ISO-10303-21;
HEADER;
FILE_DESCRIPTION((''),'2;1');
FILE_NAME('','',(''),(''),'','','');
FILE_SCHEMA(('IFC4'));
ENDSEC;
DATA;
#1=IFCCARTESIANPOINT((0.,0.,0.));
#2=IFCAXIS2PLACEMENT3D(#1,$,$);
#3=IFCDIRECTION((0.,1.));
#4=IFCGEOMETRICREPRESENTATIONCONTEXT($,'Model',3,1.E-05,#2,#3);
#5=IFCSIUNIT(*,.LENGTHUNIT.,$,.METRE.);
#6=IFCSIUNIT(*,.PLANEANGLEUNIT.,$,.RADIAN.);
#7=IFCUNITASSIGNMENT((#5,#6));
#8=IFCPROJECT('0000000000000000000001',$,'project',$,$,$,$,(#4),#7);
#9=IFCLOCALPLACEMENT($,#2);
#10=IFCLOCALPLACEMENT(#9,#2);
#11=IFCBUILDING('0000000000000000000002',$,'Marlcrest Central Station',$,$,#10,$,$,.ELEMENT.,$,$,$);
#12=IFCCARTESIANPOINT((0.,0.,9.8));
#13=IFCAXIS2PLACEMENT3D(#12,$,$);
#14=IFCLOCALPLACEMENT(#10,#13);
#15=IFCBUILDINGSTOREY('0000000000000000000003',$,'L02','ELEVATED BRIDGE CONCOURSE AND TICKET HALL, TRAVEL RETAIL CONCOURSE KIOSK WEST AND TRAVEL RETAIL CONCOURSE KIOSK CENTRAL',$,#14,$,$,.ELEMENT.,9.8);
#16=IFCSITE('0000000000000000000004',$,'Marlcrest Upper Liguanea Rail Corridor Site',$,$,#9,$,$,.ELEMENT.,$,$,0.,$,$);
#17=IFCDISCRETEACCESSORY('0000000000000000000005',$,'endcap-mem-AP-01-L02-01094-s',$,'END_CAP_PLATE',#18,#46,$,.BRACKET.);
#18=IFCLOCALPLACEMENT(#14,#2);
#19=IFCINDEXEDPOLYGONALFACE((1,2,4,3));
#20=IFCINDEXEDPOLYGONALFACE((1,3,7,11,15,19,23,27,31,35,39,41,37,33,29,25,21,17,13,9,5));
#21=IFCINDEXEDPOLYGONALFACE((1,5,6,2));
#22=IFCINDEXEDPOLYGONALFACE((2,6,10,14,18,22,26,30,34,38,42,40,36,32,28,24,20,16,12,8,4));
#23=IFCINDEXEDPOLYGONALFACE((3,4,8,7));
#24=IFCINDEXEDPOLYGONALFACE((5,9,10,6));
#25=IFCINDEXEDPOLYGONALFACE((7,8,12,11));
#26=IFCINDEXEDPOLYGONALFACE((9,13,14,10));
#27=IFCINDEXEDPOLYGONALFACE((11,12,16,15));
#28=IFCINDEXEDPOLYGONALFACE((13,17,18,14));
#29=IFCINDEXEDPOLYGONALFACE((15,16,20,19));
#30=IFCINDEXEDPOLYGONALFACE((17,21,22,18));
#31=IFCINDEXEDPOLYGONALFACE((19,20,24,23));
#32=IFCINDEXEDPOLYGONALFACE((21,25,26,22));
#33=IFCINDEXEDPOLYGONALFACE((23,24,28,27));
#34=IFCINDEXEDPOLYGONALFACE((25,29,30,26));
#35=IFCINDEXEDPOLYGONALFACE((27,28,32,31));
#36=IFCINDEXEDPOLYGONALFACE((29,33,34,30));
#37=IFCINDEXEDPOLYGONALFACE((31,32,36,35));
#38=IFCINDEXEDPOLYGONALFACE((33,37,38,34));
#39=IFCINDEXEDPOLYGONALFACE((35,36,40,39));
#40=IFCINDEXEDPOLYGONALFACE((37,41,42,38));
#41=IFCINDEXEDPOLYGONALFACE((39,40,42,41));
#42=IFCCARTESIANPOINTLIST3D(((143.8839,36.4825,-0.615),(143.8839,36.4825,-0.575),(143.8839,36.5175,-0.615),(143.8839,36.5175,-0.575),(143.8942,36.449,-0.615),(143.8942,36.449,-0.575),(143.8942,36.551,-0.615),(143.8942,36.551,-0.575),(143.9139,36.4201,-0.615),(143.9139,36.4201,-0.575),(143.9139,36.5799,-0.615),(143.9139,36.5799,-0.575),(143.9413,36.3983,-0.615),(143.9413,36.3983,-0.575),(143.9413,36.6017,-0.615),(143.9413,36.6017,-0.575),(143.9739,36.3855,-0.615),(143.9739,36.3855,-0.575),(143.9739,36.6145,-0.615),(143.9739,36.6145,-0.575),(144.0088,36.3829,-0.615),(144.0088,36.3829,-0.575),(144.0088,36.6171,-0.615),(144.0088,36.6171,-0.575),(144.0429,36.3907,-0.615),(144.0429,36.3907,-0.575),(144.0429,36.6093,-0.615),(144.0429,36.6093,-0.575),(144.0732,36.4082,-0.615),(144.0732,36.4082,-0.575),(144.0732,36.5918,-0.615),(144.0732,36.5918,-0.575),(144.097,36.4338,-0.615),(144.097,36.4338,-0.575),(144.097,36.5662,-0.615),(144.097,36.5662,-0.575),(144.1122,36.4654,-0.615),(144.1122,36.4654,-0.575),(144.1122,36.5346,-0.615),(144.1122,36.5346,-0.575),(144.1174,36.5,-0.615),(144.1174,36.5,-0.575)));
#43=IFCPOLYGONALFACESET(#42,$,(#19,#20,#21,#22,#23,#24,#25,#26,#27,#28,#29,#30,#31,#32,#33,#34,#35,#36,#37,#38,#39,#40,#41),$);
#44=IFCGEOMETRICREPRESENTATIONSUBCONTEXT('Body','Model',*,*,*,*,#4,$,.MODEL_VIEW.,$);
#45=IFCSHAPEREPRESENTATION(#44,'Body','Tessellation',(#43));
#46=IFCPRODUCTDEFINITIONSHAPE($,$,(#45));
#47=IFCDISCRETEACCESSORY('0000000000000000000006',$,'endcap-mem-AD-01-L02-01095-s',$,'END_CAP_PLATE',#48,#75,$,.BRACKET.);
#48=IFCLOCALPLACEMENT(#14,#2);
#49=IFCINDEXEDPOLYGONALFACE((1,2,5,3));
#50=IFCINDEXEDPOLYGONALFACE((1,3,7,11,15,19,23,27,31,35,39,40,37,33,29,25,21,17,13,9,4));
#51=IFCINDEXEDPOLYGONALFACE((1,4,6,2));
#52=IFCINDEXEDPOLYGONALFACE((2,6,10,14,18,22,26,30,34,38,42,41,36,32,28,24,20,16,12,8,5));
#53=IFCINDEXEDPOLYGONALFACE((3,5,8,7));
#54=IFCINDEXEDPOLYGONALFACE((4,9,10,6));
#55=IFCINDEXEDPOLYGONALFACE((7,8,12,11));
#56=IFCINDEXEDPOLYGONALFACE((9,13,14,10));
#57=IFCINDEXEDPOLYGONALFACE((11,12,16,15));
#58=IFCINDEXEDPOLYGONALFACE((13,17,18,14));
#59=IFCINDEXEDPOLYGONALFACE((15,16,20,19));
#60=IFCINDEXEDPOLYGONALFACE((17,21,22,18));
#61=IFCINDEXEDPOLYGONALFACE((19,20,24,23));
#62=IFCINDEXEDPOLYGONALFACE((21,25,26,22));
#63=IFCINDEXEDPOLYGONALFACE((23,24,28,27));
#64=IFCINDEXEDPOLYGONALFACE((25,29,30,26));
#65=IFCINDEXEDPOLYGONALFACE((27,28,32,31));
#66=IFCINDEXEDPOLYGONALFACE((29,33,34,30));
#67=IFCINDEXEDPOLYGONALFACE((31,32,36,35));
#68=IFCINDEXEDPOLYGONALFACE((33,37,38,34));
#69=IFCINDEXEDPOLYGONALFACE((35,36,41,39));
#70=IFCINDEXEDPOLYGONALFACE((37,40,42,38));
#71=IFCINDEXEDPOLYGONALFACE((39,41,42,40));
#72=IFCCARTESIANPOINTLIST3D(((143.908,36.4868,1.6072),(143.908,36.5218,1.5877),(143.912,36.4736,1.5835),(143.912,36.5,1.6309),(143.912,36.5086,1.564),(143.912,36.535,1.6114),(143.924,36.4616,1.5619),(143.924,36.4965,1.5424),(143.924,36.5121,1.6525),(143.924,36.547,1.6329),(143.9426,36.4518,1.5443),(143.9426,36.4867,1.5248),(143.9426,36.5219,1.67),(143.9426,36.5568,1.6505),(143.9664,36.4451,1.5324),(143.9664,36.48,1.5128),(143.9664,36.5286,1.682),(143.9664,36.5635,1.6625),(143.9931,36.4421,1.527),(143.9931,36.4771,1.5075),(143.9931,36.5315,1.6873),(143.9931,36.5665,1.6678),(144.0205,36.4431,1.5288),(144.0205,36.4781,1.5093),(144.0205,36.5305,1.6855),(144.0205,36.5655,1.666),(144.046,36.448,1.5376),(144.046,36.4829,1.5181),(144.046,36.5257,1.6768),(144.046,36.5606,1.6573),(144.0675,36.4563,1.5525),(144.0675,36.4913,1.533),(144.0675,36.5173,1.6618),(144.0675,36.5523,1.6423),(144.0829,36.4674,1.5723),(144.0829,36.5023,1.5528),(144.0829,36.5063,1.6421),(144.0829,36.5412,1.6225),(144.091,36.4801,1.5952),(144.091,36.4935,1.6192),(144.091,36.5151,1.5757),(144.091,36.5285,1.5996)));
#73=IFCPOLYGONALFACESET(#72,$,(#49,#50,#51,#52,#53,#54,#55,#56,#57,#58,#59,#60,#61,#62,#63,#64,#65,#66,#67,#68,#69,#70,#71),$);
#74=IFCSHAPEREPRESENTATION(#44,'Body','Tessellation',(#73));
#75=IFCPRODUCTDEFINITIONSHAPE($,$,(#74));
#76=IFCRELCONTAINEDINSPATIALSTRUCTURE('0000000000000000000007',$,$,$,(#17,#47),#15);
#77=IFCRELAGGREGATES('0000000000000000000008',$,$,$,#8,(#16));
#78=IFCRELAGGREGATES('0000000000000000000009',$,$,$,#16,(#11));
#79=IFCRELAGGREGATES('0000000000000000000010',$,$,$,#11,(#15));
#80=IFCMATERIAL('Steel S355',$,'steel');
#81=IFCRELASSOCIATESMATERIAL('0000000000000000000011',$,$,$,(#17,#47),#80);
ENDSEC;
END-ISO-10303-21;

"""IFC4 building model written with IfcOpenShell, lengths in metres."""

from ifc_helpers import new_model, si_unit, direction, frame, origin, origin_2d, place, context, subcontext, project, spatial, circle, extrude, material, element, save


model = new_model("IFC4")

# Units and contexts
model_context = context("Model", 3, precision=1e-05, world=origin(), true_north=direction((0.0, 1.0)))
body_context = subcontext(model_context, "Body", "Model", "MODEL_VIEW")
ifc_project = project(units=[si_unit("LENGTHUNIT", "METRE"), si_unit("PLANEANGLEUNIT", "RADIAN")], contexts=[model_context])

# Site, building, storey
site_placement = place(None, origin())
site = spatial("IfcSite", under=ifc_project, at=site_placement, Name="Marlcrest Upper Liguanea Rail Corridor Site", CompositionType="ELEMENT", RefElevation=0.0)
building_placement = place(site_placement, origin())
building = spatial("IfcBuilding", under=site, at=building_placement, Name="Marlcrest Central Station", CompositionType="ELEMENT")
storey_placement = place(building_placement, frame((0.0, 0.0, 9.8)))
storey = spatial("IfcBuildingStorey", under=building, at=storey_placement, Name="L02", Description="ELEVATED BRIDGE CONCOURSE AND TICKET HALL, TRAVEL RETAIL CONCOURSE KIOSK WEST AND TRAVEL RETAIL CONCOURSE KIOSK CENTRAL", CompositionType="ELEMENT", Elevation=9.8)

# Shared definitions
ifc_material_1 = material(Name="Steel S355", Category="steel")

# Discrete accessories
discrete_accessory_1_placement = place(storey_placement, frame((144.0, 36.5, -0.615), z_axis=(0.0, 0.0, 1.0), x_axis=(1.0, 0.0, 0.0)))
element("IfcDiscreteAccessory", 1, at=discrete_accessory_1_placement, inside=storey, material=ifc_material_1, Name="endcap-mem-AP-01-L02-01094-s", ObjectType="END_CAP_PLATE", PredefinedType="BRACKET", context=body_context, shape_type="SweptSolid", body=[
    extrude(circle(Radius=0.1174, at=origin_2d()), origin(), (0.0, 0.0, 1.0), 0.04),
])
discrete_accessory_2_placement = place(storey_placement, frame((144.0, 36.4868, 1.6072), z_axis=(0.0, 0.873246, -0.48728), x_axis=(-1.0, 0.0, 0.0)))
element("IfcDiscreteAccessory", 2, at=discrete_accessory_2_placement, inside=storey, material=ifc_material_1, Name="endcap-mem-AD-01-L02-01095-s", ObjectType="END_CAP_PLATE", PredefinedType="BRACKET", context=body_context, shape_type="SweptSolid", body=[
    extrude(circle(Radius=0.092, at=origin_2d()), origin(), (0.0, 0.0, 1.0), 0.04),
])

save(model, "model.ifc")
